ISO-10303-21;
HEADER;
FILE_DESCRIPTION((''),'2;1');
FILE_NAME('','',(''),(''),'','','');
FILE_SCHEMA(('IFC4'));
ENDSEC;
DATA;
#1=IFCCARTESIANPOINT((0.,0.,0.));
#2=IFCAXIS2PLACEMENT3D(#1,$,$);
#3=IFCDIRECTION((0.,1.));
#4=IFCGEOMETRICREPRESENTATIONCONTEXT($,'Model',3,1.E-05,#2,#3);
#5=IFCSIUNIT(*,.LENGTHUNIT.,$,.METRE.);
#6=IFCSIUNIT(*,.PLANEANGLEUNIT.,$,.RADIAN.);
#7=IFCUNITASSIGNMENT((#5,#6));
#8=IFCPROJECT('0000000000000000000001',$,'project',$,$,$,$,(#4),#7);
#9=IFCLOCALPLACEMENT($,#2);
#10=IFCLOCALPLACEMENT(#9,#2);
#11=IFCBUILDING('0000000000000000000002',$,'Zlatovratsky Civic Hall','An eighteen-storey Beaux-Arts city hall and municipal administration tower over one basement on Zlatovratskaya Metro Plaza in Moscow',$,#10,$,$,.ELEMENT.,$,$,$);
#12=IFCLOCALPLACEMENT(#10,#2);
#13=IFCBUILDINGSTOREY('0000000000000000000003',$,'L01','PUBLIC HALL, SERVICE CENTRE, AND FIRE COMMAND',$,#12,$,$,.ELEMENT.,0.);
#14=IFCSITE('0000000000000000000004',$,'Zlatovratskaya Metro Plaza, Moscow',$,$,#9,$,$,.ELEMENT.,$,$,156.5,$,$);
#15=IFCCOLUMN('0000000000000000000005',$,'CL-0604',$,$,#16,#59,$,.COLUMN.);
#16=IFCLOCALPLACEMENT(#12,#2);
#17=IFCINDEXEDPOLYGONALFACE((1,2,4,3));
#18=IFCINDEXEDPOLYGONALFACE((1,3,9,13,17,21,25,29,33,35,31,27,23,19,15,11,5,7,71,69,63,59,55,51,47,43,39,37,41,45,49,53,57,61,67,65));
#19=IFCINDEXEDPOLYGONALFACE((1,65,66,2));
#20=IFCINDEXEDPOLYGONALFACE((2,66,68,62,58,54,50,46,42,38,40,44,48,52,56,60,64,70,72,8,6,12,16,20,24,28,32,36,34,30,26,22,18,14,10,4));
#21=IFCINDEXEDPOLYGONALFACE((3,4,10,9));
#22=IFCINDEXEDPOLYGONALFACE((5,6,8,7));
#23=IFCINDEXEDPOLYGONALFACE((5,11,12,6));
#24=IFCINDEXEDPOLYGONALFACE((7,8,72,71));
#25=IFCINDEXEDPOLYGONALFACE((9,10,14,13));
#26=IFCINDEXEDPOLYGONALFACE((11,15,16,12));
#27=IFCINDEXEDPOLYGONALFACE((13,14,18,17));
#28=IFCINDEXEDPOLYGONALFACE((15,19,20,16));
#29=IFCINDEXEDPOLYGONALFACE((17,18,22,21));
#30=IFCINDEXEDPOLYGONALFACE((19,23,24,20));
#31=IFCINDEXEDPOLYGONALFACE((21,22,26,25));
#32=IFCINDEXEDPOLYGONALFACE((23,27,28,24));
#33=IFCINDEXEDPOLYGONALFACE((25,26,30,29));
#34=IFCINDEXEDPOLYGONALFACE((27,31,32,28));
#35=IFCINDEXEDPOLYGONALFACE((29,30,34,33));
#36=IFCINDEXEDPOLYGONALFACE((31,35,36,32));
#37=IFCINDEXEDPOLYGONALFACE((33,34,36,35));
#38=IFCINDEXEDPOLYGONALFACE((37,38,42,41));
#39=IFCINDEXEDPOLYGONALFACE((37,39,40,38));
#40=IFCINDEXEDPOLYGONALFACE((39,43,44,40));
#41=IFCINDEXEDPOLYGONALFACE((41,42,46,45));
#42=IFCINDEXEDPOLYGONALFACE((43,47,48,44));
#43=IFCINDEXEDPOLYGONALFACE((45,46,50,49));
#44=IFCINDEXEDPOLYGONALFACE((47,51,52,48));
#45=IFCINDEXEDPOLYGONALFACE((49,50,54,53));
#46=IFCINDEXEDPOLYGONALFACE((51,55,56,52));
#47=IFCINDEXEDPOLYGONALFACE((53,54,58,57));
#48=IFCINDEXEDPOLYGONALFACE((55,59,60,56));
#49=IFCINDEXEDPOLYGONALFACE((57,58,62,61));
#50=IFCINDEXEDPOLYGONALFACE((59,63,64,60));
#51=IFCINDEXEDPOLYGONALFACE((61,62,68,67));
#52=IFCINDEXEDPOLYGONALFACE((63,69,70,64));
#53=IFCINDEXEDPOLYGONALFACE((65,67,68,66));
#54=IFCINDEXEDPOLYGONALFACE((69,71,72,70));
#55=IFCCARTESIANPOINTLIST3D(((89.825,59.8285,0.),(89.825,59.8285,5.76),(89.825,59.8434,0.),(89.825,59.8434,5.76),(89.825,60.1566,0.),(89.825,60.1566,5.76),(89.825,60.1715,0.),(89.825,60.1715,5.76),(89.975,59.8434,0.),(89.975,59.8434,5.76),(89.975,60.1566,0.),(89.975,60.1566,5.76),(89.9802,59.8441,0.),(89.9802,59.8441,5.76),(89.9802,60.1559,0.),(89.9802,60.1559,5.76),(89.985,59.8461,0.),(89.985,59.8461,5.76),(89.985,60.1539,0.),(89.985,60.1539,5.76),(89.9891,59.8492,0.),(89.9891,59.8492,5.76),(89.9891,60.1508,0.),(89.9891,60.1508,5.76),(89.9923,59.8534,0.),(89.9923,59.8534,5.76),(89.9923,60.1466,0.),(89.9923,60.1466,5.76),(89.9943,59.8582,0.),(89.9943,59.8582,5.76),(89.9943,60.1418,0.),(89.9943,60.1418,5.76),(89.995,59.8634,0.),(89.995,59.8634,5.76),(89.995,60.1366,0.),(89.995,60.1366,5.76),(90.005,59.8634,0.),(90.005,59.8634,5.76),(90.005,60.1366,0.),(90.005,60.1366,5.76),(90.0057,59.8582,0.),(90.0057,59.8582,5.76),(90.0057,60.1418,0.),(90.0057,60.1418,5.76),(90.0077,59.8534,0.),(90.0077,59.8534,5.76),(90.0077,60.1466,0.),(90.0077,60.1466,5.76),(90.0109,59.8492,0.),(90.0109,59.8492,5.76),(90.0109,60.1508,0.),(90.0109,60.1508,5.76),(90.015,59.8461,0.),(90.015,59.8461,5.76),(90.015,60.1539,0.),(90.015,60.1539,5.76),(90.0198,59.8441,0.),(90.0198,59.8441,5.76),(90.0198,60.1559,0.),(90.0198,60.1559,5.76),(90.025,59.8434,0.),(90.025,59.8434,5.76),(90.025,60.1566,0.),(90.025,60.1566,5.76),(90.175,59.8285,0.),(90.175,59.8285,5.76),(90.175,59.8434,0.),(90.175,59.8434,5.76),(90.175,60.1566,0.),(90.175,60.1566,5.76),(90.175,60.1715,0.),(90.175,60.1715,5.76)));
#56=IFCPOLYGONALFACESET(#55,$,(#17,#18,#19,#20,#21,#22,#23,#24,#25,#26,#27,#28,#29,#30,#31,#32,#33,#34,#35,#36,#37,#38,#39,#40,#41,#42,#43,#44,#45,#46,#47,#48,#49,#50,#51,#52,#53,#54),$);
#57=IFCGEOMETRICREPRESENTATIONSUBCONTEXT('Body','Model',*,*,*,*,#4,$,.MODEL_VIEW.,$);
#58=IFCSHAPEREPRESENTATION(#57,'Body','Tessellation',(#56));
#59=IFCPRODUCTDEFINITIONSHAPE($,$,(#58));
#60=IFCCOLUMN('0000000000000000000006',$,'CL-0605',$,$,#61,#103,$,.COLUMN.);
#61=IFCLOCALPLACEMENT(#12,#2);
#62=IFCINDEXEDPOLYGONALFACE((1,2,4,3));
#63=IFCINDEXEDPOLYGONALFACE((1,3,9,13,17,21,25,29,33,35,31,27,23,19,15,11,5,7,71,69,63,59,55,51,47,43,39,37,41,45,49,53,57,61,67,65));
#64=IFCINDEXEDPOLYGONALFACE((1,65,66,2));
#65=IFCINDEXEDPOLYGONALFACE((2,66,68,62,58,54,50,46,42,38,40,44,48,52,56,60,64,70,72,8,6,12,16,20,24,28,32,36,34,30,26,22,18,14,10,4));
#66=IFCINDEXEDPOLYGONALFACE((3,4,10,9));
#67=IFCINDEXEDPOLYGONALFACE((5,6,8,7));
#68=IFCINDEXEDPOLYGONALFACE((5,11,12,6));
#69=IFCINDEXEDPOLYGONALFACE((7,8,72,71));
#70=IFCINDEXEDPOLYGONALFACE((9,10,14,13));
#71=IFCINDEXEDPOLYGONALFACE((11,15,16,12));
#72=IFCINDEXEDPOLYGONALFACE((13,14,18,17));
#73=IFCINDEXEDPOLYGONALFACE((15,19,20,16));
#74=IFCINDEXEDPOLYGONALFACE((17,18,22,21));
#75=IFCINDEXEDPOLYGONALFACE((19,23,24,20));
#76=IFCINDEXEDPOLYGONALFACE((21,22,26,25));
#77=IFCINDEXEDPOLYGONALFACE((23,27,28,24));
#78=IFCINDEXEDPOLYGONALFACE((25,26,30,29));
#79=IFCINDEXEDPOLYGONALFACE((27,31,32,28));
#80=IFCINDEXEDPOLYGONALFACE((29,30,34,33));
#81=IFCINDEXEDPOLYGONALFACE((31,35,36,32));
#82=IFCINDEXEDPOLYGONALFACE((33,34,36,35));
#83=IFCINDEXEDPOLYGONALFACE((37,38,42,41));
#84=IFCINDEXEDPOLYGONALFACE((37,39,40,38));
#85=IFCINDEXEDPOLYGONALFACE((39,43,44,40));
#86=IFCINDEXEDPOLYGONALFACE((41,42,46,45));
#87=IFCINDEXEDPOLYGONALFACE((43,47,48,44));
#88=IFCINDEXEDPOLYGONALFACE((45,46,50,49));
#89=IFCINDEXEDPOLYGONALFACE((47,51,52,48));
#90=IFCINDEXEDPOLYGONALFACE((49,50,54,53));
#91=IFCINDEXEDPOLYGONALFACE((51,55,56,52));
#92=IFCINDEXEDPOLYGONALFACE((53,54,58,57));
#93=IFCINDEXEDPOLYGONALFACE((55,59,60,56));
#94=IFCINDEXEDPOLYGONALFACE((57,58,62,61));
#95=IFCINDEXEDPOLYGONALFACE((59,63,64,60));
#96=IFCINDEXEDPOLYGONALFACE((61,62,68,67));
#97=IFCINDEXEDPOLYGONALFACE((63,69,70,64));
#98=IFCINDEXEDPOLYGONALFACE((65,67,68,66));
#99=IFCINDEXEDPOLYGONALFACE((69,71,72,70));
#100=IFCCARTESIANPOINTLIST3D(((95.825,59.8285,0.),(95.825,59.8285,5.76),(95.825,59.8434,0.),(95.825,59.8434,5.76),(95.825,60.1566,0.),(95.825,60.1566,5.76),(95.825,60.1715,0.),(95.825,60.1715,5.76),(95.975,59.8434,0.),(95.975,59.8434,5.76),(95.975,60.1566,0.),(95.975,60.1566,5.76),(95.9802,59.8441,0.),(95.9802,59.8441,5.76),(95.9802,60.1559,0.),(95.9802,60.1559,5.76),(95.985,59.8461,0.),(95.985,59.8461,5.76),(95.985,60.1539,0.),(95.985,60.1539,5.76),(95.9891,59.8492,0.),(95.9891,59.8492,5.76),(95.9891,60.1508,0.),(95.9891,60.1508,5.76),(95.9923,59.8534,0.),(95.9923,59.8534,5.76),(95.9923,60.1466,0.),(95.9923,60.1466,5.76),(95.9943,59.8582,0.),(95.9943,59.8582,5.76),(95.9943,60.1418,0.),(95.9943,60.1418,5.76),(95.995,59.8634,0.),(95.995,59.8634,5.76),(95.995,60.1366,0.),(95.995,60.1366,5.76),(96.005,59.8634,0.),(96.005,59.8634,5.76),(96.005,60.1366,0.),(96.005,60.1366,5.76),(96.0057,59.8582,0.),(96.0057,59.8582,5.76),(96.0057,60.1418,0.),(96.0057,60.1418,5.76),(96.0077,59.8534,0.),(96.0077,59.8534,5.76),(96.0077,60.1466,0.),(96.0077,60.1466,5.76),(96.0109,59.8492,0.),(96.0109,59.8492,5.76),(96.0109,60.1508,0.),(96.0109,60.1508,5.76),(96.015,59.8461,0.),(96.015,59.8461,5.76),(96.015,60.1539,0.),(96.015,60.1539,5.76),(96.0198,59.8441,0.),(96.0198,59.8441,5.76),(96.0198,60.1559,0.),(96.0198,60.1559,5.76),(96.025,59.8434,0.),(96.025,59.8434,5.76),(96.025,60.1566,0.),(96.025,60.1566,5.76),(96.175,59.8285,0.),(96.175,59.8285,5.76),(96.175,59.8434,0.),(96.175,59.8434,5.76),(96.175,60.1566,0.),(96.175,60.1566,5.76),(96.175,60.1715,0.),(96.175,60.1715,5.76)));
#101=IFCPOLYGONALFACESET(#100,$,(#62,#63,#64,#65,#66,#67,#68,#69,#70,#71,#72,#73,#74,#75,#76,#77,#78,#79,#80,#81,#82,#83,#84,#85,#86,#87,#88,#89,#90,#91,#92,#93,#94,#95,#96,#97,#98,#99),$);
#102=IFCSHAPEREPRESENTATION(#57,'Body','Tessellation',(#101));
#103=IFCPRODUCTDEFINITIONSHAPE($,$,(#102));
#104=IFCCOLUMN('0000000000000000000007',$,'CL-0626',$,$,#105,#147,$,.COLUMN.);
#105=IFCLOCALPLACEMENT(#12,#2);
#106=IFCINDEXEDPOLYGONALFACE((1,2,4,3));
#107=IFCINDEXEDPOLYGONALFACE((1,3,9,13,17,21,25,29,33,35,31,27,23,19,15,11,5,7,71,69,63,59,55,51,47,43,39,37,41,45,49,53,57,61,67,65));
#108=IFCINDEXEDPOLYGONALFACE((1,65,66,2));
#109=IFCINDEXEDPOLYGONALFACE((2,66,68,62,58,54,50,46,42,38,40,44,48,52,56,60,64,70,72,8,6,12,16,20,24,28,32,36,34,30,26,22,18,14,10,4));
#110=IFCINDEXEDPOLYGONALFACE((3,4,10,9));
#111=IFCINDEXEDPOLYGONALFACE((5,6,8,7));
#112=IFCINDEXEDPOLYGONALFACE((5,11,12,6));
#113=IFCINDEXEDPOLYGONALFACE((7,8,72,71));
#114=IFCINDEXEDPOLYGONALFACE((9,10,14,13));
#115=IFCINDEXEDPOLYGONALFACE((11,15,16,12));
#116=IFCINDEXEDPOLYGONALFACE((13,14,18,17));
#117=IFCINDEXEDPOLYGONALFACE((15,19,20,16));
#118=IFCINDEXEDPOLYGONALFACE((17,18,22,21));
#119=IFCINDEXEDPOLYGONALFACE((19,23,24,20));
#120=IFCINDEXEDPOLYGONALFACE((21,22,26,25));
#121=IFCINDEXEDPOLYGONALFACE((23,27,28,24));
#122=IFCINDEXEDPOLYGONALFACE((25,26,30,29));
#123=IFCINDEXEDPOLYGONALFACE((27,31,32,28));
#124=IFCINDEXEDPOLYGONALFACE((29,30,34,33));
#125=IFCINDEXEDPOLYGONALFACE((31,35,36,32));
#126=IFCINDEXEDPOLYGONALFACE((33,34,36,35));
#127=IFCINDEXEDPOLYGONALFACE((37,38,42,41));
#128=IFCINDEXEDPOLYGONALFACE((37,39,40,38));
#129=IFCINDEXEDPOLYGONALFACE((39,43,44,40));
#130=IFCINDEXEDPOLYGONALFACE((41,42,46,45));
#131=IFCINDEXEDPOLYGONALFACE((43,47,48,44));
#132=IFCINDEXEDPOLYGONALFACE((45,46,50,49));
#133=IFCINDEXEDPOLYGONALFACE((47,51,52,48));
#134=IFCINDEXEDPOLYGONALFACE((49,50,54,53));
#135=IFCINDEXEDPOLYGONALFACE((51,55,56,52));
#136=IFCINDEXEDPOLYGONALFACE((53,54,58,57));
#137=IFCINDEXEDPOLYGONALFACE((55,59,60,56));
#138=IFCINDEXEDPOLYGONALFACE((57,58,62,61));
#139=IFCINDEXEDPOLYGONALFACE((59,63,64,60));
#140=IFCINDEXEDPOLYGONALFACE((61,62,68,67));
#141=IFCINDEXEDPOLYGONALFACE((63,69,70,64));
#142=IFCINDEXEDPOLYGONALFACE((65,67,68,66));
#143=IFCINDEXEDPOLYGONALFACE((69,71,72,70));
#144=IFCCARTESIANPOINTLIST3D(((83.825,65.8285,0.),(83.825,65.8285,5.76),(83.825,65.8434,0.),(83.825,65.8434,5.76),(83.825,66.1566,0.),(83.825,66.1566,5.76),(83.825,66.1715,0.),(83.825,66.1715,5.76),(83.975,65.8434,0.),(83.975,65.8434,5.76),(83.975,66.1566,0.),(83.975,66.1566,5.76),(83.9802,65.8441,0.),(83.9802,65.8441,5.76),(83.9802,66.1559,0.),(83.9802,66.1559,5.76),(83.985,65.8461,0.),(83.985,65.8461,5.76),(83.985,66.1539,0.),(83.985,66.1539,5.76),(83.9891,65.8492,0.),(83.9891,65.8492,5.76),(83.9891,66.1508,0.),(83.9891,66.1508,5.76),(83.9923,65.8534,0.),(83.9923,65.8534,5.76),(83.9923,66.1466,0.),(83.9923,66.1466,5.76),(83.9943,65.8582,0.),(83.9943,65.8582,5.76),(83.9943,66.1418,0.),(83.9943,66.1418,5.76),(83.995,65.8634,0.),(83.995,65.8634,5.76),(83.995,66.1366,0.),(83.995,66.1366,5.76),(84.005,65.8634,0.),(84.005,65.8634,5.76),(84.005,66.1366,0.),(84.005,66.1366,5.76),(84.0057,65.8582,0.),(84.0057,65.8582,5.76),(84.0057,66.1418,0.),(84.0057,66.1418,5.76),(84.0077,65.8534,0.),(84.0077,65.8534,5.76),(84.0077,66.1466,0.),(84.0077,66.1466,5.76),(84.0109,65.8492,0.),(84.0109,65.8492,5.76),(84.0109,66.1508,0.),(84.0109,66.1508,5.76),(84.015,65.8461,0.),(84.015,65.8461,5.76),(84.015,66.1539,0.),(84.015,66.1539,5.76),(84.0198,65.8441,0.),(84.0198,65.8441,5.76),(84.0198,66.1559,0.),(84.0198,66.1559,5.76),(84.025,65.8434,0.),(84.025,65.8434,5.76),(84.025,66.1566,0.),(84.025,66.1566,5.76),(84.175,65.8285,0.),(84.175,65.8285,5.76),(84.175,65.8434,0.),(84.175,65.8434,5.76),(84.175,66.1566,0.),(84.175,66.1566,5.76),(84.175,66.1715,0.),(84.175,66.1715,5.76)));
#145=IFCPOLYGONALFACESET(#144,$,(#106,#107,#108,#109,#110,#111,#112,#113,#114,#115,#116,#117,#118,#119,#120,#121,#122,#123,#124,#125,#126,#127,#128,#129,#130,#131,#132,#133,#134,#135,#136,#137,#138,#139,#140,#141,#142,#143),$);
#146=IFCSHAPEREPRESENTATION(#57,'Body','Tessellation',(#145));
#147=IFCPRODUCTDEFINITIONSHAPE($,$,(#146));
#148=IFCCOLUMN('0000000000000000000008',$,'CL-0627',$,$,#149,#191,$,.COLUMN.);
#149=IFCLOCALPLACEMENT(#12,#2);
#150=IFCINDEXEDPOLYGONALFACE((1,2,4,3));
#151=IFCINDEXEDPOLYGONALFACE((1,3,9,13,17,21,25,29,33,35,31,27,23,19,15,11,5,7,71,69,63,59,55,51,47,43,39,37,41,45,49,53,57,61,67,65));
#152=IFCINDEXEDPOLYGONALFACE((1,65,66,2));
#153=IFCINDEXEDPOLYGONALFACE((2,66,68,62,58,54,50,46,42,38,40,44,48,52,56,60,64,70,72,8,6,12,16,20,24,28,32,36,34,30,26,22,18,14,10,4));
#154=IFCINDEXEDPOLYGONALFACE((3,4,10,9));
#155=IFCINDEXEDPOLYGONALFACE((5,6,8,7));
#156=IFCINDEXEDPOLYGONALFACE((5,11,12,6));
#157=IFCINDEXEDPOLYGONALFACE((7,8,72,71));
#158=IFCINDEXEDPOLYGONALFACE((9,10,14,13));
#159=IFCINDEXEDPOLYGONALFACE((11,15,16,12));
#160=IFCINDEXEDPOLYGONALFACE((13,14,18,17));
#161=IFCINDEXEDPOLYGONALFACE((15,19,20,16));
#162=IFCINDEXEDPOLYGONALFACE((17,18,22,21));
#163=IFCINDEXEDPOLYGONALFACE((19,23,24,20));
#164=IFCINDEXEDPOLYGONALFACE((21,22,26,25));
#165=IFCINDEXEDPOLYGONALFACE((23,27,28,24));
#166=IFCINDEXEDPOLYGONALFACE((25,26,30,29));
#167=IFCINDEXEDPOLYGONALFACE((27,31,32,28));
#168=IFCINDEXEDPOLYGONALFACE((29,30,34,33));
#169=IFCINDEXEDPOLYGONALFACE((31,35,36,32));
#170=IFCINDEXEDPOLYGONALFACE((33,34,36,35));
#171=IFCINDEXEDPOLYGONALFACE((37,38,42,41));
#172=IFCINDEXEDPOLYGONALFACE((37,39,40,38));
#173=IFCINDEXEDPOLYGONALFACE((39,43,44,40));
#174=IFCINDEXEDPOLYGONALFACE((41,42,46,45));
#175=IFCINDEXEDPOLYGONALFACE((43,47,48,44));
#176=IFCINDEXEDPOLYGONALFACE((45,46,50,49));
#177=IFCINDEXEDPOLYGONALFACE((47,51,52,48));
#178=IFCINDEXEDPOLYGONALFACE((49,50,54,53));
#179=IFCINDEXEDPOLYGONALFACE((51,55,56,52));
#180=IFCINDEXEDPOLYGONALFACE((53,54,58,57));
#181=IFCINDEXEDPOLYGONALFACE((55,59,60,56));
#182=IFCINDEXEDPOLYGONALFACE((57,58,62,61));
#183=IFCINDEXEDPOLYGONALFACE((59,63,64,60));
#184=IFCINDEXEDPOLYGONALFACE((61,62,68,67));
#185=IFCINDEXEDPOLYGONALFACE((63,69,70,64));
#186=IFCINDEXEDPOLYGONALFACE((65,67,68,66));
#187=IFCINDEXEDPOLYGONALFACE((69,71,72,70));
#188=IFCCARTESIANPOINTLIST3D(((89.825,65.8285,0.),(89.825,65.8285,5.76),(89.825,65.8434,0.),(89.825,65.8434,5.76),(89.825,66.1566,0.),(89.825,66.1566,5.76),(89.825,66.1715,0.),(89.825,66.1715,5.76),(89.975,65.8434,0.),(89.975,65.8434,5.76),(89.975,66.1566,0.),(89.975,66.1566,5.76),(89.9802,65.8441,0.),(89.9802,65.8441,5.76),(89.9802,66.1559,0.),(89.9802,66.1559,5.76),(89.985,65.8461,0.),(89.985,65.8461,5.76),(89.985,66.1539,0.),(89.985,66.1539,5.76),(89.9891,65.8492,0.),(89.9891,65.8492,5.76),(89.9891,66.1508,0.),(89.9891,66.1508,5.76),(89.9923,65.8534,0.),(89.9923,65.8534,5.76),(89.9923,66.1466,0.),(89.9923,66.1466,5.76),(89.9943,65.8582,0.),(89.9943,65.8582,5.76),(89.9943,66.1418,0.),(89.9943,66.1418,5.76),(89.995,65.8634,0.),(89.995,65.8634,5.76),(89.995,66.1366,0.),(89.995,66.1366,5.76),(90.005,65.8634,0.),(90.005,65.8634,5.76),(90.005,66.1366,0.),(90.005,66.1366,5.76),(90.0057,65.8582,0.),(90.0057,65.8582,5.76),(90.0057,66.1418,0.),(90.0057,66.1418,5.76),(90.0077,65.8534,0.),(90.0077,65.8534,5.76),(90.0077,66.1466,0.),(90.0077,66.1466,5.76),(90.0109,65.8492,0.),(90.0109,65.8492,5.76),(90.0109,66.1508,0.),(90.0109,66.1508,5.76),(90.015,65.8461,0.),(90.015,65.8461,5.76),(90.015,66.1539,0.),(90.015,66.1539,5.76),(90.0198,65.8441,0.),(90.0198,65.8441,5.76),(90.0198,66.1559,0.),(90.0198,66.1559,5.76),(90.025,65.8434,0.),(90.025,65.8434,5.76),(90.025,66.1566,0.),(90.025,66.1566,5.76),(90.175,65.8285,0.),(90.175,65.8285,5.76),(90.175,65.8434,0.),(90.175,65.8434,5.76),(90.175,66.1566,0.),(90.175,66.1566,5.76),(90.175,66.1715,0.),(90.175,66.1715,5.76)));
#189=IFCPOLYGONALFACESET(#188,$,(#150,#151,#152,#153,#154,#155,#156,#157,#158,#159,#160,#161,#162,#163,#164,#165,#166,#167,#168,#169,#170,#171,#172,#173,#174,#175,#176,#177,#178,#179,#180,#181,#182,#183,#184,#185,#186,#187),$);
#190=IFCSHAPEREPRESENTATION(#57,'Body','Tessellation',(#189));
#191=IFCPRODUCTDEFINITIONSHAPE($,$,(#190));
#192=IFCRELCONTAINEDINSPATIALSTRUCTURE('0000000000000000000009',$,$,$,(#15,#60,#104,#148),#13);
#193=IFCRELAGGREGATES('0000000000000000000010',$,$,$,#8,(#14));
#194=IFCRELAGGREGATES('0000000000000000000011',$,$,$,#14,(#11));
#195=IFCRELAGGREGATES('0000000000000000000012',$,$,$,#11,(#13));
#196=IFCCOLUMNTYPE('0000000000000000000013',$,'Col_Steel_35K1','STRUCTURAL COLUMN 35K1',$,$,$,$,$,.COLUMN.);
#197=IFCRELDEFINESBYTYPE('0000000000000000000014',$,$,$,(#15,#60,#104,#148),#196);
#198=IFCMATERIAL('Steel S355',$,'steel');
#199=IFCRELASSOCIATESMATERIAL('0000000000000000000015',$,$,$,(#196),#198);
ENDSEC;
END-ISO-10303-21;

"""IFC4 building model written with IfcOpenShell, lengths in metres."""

from ifc_helpers import new_model, si_unit, direction, frame, origin, origin_2d, place, context, subcontext, project, spatial, i_section, extrude, material, material_profile, profile_set, type_object, element, save


model = new_model("IFC4")

# Units and contexts
model_context = context("Model", 3, precision=1e-05, world=origin(), true_north=direction((0.0, 1.0)))
body_context = subcontext(model_context, "Body", "Model", "MODEL_VIEW")
ifc_project = project(units=[si_unit("LENGTHUNIT", "METRE"), si_unit("PLANEANGLEUNIT", "RADIAN")], contexts=[model_context])

# Site, building, storey
site_placement = place(None, origin())
site = spatial("IfcSite", under=ifc_project, at=site_placement, Name="Zlatovratskaya Metro Plaza, Moscow", CompositionType="ELEMENT", RefElevation=156.5)
building_placement = place(site_placement, origin())
building = spatial("IfcBuilding", under=site, at=building_placement, Name="Zlatovratsky Civic Hall", Description="An eighteen-storey Beaux-Arts city hall and municipal administration tower over one basement on Zlatovratskaya Metro Plaza in Moscow", CompositionType="ELEMENT")
storey_placement = place(building_placement, origin())
storey = spatial("IfcBuildingStorey", under=building, at=storey_placement, Name="L01", Description="PUBLIC HALL, SERVICE CENTRE, AND FIRE COMMAND", CompositionType="ELEMENT", Elevation=0.0)

# Columns
ifc_material_1 = material(Name="Steel S355", Category="steel")
ifc_material_profile_1 = material_profile(ifc_material_1, i_section(OverallWidth=0.3501, OverallDepth=0.343, WebThickness=0.01, FlangeThickness=0.0149, FilletRadius=0.02, at=origin_2d()), Name="35K1")
ifc_profile_set_1 = profile_set([ifc_material_profile_1], Name="Steel S355")
column_type_1 = type_object("IfcColumnType", Name="Col_Steel_35K1", Description="STRUCTURAL COLUMN 35K1", PredefinedType="COLUMN", material=ifc_profile_set_1)
for number, where, z_axis, x_axis, name in (
    (1, (90.0, 60.0, 0.0), (0.0, 0.0, 1.0), (1.0, 0.0, 0.0), "CL-0604"),
    (2, (96.0, 60.0, 0.0), (0.0, 0.0, 1.0), (1.0, 0.0, 0.0), "CL-0605"),
    (3, (84.0, 66.0, 0.0), (0.0, 0.0, 1.0), (1.0, 0.0, 0.0), "CL-0626"),
    (4, (90.0, 66.0, 0.0), (0.0, 0.0, 1.0), (1.0, 0.0, 0.0), "CL-0627"),
):
    element("IfcColumn", number, at=place(storey_placement, frame(where, z_axis=z_axis, x_axis=x_axis)), inside=storey, type_object=column_type_1, Name=name, PredefinedType="COLUMN", context=body_context, shape_type="SweptSolid", body=[
        extrude(i_section(OverallWidth=0.3501, OverallDepth=0.343, WebThickness=0.01, FlangeThickness=0.0149, FilletRadius=0.02, at=origin_2d()), origin(), (0.0, 0.0, 1.0), 5.76),
    ])

save(model, "model.ifc")
